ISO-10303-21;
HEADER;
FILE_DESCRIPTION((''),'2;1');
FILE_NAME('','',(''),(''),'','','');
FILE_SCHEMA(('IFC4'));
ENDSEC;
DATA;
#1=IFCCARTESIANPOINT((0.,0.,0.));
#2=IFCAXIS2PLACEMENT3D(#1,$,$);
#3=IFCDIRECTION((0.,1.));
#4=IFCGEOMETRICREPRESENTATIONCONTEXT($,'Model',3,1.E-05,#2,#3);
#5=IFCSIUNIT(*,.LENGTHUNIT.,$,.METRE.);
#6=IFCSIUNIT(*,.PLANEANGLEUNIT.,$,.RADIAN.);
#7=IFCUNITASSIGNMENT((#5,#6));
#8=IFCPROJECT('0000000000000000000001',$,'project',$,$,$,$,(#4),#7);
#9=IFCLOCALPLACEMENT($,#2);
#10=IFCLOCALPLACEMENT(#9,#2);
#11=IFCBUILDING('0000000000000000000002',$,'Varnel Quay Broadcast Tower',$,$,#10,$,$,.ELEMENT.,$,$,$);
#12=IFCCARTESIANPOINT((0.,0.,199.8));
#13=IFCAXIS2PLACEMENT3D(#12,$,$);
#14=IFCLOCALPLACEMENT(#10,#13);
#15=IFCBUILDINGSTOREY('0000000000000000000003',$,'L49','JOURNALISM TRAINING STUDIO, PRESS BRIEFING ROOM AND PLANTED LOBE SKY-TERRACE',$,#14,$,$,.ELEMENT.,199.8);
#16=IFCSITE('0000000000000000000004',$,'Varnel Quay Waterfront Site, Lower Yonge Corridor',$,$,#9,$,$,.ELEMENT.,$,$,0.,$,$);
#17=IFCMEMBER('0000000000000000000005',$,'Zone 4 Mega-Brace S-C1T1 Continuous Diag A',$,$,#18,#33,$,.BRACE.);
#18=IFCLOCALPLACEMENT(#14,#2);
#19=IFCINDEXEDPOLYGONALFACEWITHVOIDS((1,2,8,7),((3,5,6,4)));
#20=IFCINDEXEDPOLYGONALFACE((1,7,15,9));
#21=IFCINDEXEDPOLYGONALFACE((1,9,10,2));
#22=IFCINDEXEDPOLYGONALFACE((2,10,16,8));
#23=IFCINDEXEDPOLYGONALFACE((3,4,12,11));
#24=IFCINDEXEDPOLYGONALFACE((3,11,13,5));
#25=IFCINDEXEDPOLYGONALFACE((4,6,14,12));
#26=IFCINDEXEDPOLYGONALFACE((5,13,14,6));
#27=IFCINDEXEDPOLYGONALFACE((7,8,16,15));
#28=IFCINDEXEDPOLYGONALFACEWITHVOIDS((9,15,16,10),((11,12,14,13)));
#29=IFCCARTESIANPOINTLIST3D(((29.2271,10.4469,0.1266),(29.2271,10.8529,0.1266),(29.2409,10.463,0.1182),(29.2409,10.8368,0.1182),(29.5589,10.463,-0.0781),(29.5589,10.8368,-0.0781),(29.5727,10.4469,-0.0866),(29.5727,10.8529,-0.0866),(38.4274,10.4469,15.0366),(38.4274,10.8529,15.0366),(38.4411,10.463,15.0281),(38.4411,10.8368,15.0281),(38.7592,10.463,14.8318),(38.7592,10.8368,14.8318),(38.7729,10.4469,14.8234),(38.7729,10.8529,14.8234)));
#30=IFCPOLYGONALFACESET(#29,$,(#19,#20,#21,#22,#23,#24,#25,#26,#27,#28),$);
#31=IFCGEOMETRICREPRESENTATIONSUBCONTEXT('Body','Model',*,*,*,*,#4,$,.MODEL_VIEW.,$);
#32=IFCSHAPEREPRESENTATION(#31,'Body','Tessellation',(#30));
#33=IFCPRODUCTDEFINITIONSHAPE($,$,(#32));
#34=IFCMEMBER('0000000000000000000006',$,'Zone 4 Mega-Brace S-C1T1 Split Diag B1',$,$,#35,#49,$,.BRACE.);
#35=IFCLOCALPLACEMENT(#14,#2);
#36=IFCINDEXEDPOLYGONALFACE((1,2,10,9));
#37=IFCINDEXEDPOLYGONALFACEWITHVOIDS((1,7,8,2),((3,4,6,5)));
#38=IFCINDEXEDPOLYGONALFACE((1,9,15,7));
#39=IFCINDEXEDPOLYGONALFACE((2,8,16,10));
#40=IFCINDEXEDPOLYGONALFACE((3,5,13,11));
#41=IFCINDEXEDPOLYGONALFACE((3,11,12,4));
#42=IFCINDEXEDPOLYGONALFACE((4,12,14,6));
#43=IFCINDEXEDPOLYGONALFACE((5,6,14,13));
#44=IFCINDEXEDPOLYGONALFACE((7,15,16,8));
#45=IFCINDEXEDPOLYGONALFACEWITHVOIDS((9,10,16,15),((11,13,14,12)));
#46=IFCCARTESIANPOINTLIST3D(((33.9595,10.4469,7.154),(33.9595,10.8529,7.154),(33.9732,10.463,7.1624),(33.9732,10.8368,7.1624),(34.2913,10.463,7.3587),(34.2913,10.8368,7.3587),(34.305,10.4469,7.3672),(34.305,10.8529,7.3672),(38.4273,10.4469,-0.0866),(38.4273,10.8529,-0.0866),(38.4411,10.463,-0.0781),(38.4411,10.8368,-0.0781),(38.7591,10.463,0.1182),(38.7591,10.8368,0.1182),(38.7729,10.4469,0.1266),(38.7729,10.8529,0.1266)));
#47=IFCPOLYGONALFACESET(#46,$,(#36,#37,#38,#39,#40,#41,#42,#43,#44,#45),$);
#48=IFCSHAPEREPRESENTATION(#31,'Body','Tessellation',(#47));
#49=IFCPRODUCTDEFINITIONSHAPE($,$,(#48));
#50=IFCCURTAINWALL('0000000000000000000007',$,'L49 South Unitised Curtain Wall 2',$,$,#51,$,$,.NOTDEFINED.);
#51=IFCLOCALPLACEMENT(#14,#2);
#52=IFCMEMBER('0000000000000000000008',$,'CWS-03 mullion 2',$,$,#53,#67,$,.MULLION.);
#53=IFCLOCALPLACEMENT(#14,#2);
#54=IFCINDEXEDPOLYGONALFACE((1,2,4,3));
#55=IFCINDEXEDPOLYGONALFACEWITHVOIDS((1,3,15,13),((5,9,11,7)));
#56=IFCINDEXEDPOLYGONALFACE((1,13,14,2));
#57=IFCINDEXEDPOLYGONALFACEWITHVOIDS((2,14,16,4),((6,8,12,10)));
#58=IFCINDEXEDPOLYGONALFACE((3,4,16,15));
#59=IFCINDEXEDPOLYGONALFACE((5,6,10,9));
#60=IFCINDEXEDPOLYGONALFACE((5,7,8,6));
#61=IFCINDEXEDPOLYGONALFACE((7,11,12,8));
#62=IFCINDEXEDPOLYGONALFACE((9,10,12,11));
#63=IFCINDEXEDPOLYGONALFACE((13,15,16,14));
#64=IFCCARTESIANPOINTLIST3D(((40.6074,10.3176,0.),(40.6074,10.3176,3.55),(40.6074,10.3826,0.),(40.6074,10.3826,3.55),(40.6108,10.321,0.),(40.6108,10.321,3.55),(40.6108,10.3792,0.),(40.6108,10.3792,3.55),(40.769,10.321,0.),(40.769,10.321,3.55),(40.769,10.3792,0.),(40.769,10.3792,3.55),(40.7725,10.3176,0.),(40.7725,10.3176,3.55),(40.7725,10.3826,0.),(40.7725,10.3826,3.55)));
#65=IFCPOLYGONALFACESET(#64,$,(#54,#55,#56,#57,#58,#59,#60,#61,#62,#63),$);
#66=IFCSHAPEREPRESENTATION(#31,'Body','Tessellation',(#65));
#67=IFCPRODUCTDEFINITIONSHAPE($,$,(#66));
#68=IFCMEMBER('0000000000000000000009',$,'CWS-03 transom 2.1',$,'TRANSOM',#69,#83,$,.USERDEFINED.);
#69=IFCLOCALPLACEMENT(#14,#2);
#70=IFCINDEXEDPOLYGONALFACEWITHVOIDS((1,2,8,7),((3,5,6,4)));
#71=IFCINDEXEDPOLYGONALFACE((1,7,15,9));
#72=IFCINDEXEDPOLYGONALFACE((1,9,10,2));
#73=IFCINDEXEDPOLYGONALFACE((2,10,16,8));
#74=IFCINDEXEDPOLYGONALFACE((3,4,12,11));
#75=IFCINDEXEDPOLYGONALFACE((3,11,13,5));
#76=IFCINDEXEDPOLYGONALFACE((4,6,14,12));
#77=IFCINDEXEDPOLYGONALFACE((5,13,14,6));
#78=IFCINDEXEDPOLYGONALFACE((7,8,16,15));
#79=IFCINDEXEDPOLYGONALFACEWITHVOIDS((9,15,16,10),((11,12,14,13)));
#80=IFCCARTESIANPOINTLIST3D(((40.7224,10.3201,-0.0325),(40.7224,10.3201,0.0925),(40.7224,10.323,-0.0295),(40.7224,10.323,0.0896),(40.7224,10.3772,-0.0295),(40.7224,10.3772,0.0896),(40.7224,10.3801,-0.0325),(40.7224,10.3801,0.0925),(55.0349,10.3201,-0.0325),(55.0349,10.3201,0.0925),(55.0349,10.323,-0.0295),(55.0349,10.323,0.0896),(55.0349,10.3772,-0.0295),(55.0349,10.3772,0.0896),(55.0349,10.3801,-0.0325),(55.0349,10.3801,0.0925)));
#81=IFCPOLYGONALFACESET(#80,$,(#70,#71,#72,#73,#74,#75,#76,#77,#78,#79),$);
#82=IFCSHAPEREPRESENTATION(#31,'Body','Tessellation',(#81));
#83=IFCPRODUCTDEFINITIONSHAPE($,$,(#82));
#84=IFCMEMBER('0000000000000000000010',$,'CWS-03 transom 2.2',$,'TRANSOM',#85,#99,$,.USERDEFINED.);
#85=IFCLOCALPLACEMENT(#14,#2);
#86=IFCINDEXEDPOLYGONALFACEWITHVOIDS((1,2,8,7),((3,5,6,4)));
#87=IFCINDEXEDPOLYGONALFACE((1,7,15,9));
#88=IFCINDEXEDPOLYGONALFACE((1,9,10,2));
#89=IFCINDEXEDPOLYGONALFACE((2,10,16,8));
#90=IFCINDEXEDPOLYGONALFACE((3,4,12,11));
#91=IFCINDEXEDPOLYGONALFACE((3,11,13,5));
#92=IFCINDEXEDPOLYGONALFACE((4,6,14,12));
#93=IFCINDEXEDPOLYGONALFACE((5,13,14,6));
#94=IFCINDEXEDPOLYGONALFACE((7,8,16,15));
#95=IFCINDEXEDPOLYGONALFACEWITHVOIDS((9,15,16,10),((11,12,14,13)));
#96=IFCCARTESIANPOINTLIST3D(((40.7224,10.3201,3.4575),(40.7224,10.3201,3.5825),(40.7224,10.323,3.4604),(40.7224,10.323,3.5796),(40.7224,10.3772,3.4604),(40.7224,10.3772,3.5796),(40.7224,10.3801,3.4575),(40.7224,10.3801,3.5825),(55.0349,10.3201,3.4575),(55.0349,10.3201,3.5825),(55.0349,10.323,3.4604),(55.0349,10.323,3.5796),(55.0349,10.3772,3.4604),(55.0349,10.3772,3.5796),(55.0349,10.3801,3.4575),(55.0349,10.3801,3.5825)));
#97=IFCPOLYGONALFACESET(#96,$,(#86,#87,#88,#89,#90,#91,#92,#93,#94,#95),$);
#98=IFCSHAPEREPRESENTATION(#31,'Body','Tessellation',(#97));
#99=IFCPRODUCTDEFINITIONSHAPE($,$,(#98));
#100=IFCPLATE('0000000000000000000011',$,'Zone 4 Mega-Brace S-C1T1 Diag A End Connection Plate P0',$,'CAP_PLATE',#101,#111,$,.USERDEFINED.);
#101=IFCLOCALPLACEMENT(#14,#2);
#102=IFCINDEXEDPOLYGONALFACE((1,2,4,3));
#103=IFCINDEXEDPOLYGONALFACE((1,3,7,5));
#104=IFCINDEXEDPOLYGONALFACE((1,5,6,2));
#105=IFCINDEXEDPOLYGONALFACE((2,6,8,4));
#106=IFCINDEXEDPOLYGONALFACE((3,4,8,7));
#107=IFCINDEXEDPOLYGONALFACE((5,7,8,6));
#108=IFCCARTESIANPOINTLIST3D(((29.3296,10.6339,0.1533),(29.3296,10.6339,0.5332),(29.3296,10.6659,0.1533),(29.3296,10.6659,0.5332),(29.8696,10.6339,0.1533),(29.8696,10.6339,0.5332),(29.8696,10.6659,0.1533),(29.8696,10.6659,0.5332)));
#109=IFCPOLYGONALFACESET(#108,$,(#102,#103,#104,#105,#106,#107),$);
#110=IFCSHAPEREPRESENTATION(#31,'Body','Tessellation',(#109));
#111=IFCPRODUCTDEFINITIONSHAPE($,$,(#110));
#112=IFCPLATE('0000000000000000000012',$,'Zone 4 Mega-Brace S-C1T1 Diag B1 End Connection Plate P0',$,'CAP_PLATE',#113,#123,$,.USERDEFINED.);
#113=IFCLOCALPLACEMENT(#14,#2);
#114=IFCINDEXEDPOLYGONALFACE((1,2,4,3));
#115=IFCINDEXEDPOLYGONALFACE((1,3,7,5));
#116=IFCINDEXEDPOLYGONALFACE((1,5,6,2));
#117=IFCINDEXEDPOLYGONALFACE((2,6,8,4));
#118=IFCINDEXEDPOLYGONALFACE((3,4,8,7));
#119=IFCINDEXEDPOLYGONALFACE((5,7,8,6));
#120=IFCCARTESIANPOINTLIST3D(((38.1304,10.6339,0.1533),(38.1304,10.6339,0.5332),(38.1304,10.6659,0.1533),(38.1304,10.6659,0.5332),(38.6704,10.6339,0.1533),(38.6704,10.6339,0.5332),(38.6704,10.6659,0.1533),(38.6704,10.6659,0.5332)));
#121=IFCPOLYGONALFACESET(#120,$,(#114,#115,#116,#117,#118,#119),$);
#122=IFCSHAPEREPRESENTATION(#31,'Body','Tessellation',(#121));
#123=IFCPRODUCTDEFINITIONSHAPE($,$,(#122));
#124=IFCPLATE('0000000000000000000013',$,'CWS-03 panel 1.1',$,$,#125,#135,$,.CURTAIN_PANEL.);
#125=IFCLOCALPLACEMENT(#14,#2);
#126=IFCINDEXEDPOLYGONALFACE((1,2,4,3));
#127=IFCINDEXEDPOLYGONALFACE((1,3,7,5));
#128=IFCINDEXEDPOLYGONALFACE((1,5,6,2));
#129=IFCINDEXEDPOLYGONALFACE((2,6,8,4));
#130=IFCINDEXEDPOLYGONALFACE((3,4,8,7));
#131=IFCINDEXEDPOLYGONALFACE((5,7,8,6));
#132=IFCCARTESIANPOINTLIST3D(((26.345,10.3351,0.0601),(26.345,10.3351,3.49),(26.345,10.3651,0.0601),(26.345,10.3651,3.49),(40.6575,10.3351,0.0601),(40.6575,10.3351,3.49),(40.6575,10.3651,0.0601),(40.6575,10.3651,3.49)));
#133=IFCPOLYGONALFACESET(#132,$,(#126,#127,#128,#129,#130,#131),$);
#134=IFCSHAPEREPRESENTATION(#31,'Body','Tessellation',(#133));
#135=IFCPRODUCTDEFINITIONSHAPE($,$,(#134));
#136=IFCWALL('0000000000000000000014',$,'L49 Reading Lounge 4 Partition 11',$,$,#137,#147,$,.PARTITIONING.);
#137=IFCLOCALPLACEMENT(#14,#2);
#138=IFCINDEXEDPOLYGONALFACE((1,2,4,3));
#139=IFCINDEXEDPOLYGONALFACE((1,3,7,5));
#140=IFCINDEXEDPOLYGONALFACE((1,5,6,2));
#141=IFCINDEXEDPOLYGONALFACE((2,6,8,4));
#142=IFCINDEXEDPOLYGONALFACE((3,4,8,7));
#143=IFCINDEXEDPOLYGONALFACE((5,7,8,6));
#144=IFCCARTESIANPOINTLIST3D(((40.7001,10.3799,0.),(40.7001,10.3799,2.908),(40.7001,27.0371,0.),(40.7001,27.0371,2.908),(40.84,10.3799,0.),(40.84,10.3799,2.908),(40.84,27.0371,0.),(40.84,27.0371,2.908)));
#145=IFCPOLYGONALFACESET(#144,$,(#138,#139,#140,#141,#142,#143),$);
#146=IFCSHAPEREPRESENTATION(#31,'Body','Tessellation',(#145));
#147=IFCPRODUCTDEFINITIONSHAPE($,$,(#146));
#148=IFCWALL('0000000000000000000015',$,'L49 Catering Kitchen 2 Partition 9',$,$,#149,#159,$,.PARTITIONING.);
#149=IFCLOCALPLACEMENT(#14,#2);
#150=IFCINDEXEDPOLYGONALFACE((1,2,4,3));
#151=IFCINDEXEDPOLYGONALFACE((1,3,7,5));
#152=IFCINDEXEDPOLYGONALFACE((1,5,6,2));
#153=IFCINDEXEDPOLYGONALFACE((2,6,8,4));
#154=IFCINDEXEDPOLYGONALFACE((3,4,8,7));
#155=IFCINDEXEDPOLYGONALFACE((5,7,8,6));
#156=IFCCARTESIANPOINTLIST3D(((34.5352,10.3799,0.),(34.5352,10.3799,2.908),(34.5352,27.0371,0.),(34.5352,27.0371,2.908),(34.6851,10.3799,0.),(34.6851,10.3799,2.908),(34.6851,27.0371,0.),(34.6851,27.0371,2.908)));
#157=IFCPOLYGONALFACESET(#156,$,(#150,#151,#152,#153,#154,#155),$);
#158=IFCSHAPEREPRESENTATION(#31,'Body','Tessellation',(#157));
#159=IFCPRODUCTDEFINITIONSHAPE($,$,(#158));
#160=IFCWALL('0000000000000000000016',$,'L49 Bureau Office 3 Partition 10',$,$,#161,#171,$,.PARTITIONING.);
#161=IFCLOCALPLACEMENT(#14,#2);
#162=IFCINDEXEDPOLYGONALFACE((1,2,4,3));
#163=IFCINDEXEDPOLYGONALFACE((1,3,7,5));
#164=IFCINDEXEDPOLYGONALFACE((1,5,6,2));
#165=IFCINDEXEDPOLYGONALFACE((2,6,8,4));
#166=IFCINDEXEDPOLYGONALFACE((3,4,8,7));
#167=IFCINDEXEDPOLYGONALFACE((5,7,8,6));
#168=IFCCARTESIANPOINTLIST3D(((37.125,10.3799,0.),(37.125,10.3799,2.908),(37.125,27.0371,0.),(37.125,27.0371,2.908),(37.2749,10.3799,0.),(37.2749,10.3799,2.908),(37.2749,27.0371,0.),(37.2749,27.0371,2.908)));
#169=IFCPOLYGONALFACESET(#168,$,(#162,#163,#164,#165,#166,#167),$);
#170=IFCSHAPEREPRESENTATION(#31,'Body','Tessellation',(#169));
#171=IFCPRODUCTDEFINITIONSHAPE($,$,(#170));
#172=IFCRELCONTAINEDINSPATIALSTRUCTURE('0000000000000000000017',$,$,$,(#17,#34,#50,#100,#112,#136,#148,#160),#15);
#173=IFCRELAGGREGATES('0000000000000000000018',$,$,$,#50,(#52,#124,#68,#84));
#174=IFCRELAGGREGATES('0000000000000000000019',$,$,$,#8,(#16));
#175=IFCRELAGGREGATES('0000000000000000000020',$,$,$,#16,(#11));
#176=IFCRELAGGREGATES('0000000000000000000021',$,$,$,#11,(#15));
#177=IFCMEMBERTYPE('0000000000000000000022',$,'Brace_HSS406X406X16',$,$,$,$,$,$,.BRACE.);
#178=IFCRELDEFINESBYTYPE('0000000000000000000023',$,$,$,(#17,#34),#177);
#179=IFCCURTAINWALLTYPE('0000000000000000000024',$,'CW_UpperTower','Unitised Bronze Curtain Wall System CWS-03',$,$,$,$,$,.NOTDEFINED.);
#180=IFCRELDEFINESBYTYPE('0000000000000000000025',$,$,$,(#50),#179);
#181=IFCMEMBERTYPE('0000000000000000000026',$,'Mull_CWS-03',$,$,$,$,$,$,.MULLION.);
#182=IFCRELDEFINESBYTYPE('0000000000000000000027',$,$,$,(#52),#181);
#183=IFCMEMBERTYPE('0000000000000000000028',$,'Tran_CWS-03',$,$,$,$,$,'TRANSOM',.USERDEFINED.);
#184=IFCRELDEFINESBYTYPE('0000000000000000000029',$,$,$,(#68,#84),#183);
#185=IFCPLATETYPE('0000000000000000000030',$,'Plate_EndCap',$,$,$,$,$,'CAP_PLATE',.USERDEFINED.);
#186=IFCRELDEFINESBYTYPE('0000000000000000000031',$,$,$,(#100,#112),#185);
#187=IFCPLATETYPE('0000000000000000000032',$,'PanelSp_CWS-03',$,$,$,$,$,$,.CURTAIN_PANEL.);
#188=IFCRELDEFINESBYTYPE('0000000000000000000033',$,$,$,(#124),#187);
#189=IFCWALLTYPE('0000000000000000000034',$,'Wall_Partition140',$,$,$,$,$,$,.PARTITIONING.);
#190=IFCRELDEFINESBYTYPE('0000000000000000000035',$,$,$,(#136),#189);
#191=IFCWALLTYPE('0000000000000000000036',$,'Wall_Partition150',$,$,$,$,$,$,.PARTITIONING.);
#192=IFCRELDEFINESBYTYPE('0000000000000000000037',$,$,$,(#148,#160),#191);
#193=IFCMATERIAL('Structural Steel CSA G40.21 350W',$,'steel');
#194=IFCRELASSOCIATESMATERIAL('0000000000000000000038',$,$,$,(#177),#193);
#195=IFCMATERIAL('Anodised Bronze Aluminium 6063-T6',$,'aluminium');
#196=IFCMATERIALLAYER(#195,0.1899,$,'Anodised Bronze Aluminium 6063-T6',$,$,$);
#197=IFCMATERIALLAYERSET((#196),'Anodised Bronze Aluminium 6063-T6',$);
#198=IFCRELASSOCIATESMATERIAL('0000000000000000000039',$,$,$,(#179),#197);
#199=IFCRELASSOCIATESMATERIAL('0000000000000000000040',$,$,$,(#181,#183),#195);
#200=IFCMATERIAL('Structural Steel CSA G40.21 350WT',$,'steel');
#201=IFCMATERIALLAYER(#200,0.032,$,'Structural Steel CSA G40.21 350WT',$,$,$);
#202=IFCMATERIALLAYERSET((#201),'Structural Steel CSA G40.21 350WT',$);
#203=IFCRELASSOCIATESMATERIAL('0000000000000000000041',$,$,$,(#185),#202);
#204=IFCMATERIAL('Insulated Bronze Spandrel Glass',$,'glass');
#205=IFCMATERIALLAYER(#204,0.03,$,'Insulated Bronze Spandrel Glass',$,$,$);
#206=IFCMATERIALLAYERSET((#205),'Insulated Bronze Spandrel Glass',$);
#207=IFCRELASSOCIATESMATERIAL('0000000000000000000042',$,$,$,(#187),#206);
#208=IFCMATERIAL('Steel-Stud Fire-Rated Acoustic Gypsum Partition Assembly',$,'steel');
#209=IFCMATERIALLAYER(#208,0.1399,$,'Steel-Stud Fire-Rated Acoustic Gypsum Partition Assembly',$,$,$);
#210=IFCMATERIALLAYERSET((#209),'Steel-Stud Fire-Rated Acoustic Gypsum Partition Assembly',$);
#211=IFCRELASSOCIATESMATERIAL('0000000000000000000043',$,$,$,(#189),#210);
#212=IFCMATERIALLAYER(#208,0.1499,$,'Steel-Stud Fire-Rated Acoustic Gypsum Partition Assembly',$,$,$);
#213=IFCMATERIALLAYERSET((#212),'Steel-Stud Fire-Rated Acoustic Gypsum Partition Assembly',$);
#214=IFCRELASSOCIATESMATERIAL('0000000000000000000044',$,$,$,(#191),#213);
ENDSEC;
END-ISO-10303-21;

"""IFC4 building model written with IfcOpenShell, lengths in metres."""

from ifc_helpers import new_model, si_unit, direction, frame, frame_2d, origin, origin_2d, place, context, subcontext, project, spatial, rectangle, hollow_rectangle, extrude, source, transform, mapped, material, layer, layer_set, material_profile, profile_set, type_object, type_shapes, element, aggregate, save


model = new_model("IFC4")

# Units and contexts
model_context = context("Model", 3, precision=1e-05, world=origin(), true_north=direction((0.0, 1.0)))
body_context = subcontext(model_context, "Body", "Model", "MODEL_VIEW")
ifc_project = project(units=[si_unit("LENGTHUNIT", "METRE"), si_unit("PLANEANGLEUNIT", "RADIAN")], contexts=[model_context])

# Site, building, storey
site_placement = place(None, origin())
site = spatial("IfcSite", under=ifc_project, at=site_placement, Name="Varnel Quay Waterfront Site, Lower Yonge Corridor", CompositionType="ELEMENT", RefElevation=0.0)
building_placement = place(site_placement, origin())
building = spatial("IfcBuilding", under=site, at=building_placement, Name="Varnel Quay Broadcast Tower", CompositionType="ELEMENT")
storey_placement = place(building_placement, frame((0.0, 0.0, 199.8)))
storey = spatial("IfcBuildingStorey", under=building, at=storey_placement, Name="L49", Description="JOURNALISM TRAINING STUDIO, PRESS BRIEFING ROOM AND PLANTED LOBE SKY-TERRACE", CompositionType="ELEMENT", Elevation=199.8)

# Shared definitions
ifc_material_1 = material(Name="Structural Steel CSA G40.21 350W", Category="steel")

# Members
ifc_material_profile_1 = material_profile(ifc_material_1, hollow_rectangle(XDim=0.406, YDim=0.406, WallThickness=0.0161, at=origin_2d()), Name="HSS406X406X16")
ifc_profile_set_1 = profile_set([ifc_material_profile_1], Name="Structural Steel CSA G40.21 350W")
member_type_1 = type_object("IfcMemberType", Name="Brace_HSS406X406X16", PredefinedType="BRACE", material=ifc_profile_set_1)
shared_shape_1 = source(origin(), body_context, "Body", "SweptSolid", [
    extrude(hollow_rectangle(XDim=0.406, YDim=0.406, WallThickness=0.0161, at=origin_2d()), origin(), (0.0, 0.0, 1.0), 17.52),
])
member_1_placement = place(storey_placement, frame((29.3999, 10.6499, 0.02), z_axis=(0.525126, 0.0, 0.851024), x_axis=(0.0, 1.0, 0.0)))
element("IfcMember", 1, at=member_1_placement, inside=storey, type_object=member_type_1, Name="Zone 4 Mega-Brace S-C1T1 Continuous Diag A", PredefinedType="BRACE", context=body_context, shape_type="MappedRepresentation", body=[
    mapped(shared_shape_1, transform((0.0, 0.0, 0.0), x_axis=(1.0, 0.0, 0.0), y_axis=(0.0, 1.0, 0.0), z_axis=(0.0, 0.0, 1.0), scale=1.0)),
])
shared_shape_2 = source(origin(), body_context, "Body", "SweptSolid", [
    extrude(hollow_rectangle(XDim=0.406, YDim=0.406, WallThickness=0.0161, at=origin_2d()), origin(), (0.0, 0.0, 1.0), 8.5081),
])
type_shapes(member_type_1, [shared_shape_1, shared_shape_2])
member_2_placement = place(storey_placement, frame((38.6001, 10.6499, 0.02), z_axis=(-0.525128, 0.0, 0.851023), x_axis=(0.0, -1.0, 0.0)))
element("IfcMember", 2, at=member_2_placement, inside=storey, type_object=member_type_1, Name="Zone 4 Mega-Brace S-C1T1 Split Diag B1", PredefinedType="BRACE", context=body_context, shape_type="MappedRepresentation", body=[
    mapped(shared_shape_2, transform((0.0, 0.0, 0.0), x_axis=(1.0, 0.0, 0.0), y_axis=(0.0, 1.0, 0.0), z_axis=(0.0, 0.0, 1.0), scale=1.0)),
])

# Curtain wall, members
ifc_material_2 = material(Name="Anodised Bronze Aluminium 6063-T6", Category="aluminium")
ifc_layer_1 = layer(ifc_material_2, 0.1899, Name="Anodised Bronze Aluminium 6063-T6")
ifc_layer_set_1 = layer_set([ifc_layer_1], Name="Anodised Bronze Aluminium 6063-T6")
curtain_wall_type = type_object("IfcCurtainWallType", Name="CW_UpperTower", Description="Unitised Bronze Curtain Wall System CWS-03", PredefinedType="NOTDEFINED", material=ifc_layer_set_1)
curtain_wall_placement = place(storey_placement, origin())
curtain_wall = element("IfcCurtainWall", 3, at=curtain_wall_placement, inside=storey, type_object=curtain_wall_type, Name="L49 South Unitised Curtain Wall 2", PredefinedType="NOTDEFINED")
ifc_material_profile_2 = material_profile(ifc_material_2, hollow_rectangle(XDim=0.0649, YDim=0.165, WallThickness=0.0034, at=origin_2d()), Name="ALU65X165X3.5")
ifc_profile_set_2 = profile_set([ifc_material_profile_2], Name="Anodised Bronze Aluminium 6063-T6")
member_type_2 = type_object("IfcMemberType", Name="Mull_CWS-03", PredefinedType="MULLION", material=ifc_profile_set_2)
shared_shape_3 = source(origin(), body_context, "Body", "SweptSolid", [
    extrude(hollow_rectangle(XDim=0.0649, YDim=0.165, WallThickness=0.0034, at=origin_2d()), origin(), (0.0, 0.0, 1.0), 3.55),
])
type_shapes(member_type_2, [shared_shape_3])
member_3_placement = place(storey_placement, frame((40.6899, 10.3501, 0.0), z_axis=(0.0, 0.0, 1.0), x_axis=(0.0, 1.0, 0.0)))
member_3 = element("IfcMember", 4, at=member_3_placement, type_object=member_type_2, Name="CWS-03 mullion 2", PredefinedType="MULLION", context=body_context, shape_type="MappedRepresentation", body=[
    mapped(shared_shape_3, transform((0.0, 0.0, 0.0), x_axis=(1.0, 0.0, 0.0), y_axis=(0.0, 1.0, 0.0), z_axis=(0.0, 0.0, 1.0), scale=1.0)),
])
ifc_material_profile_3 = material_profile(ifc_material_2, hollow_rectangle(XDim=0.0601, YDim=0.125, WallThickness=0.0029, at=origin_2d()), Name="ALU60X125X3")
ifc_profile_set_3 = profile_set([ifc_material_profile_3], Name="Anodised Bronze Aluminium 6063-T6")
member_type_3 = type_object("IfcMemberType", Name="Tran_CWS-03", ElementType="TRANSOM", PredefinedType="USERDEFINED", material=ifc_profile_set_3)
shared_shape_4 = source(origin(), body_context, "Body", "SweptSolid", [
    extrude(hollow_rectangle(XDim=0.0601, YDim=0.125, WallThickness=0.0029, at=origin_2d()), origin(), (0.0, 0.0, 1.0), 14.3125),
])
type_shapes(member_type_3, [shared_shape_4])
member_4_placement = place(storey_placement, frame((40.7224, 10.3501, 0.03), z_axis=(1.0, 0.0, 0.0), x_axis=(0.0, 1.0, 0.0)))
member_4 = element("IfcMember", 5, at=member_4_placement, type_object=member_type_3, Name="CWS-03 transom 2.1", ObjectType="TRANSOM", PredefinedType="USERDEFINED", context=body_context, shape_type="MappedRepresentation", body=[
    mapped(shared_shape_4, transform((0.0, 0.0, 0.0), x_axis=(1.0, 0.0, 0.0), y_axis=(0.0, 1.0, 0.0), z_axis=(0.0, 0.0, 1.0), scale=1.0)),
])
member_5_placement = place(storey_placement, frame((40.7224, 10.3501, 3.52), z_axis=(1.0, 0.0, 0.0), x_axis=(0.0, 1.0, 0.0)))
member_5 = element("IfcMember", 6, at=member_5_placement, type_object=member_type_3, Name="CWS-03 transom 2.2", ObjectType="TRANSOM", PredefinedType="USERDEFINED", context=body_context, shape_type="MappedRepresentation", body=[
    mapped(shared_shape_4, transform((0.0, 0.0, 0.0), x_axis=(1.0, 0.0, 0.0), y_axis=(0.0, 1.0, 0.0), z_axis=(0.0, 0.0, 1.0), scale=1.0)),
])

# Plates
ifc_material_3 = material(Name="Structural Steel CSA G40.21 350WT", Category="steel")
ifc_layer_2 = layer(ifc_material_3, 0.032, Name="Structural Steel CSA G40.21 350WT")
ifc_layer_set_2 = layer_set([ifc_layer_2], Name="Structural Steel CSA G40.21 350WT")
plate_type_1 = type_object("IfcPlateType", Name="Plate_EndCap", ElementType="CAP_PLATE", PredefinedType="USERDEFINED", material=ifc_layer_set_2)
shared_shape_5 = source(origin(), body_context, "Body", "SweptSolid", [
    extrude(rectangle(XDim=0.54, YDim=0.032, at=origin_2d()), origin(), (0.0, 0.0, 1.0), 0.3799),
])
type_shapes(plate_type_1, [shared_shape_5])
for number, where, z_axis, x_axis, name in (
    (7, (29.5996, 10.6499, 0.1533), (0.0, 0.0, 1.0), (1.0, 0.0, 0.0), "Zone 4 Mega-Brace S-C1T1 Diag A End Connection Plate P0"),
    (8, (38.4004, 10.6499, 0.1533), (0.0, 0.0, 1.0), (1.0, 0.0, 0.0), "Zone 4 Mega-Brace S-C1T1 Diag B1 End Connection Plate P0"),
):
    element("IfcPlate", number, at=place(storey_placement, frame(where, z_axis=z_axis, x_axis=x_axis)), inside=storey, type_object=plate_type_1, Name=name, ObjectType="CAP_PLATE", PredefinedType="USERDEFINED", context=body_context, shape_type="MappedRepresentation", body=[
        mapped(shared_shape_5, transform((0.0, 0.0, 0.0), x_axis=(1.0, 0.0, 0.0), y_axis=(0.0, 1.0, 0.0), z_axis=(0.0, 0.0, 1.0), scale=1.0)),
    ])

# Plate
ifc_material_4 = material(Name="Insulated Bronze Spandrel Glass", Category="glass")
ifc_layer_3 = layer(ifc_material_4, 0.03, Name="Insulated Bronze Spandrel Glass")
ifc_layer_set_3 = layer_set([ifc_layer_3], Name="Insulated Bronze Spandrel Glass")
plate_type_2 = type_object("IfcPlateType", Name="PanelSp_CWS-03", PredefinedType="CURTAIN_PANEL", material=ifc_layer_set_3)
shared_shape_6 = source(origin(), body_context, "Body", "SweptSolid", [
    extrude(rectangle(XDim=14.3125, YDim=0.03, at=origin_2d()), origin(), (0.0, 0.0, 1.0), 3.4299),
])
type_shapes(plate_type_2, [shared_shape_6])
plate_placement = place(storey_placement, frame((33.5012, 10.3501, 0.0601), z_axis=(0.0, 0.0, 1.0), x_axis=(1.0, 0.0, 0.0)))
plate = element("IfcPlate", 9, at=plate_placement, type_object=plate_type_2, Name="CWS-03 panel 1.1", PredefinedType="CURTAIN_PANEL", context=body_context, shape_type="MappedRepresentation", body=[
    mapped(shared_shape_6, transform((0.0, 0.0, 0.0), x_axis=(1.0, 0.0, 0.0), y_axis=(0.0, 1.0, 0.0), z_axis=(0.0, 0.0, 1.0), scale=1.0)),
])
aggregate(curtain_wall, [member_3, plate, member_4, member_5])

# Walls
ifc_material_5 = material(Name="Steel-Stud Fire-Rated Acoustic Gypsum Partition Assembly", Category="steel")
ifc_layer_4 = layer(ifc_material_5, 0.1399, Name="Steel-Stud Fire-Rated Acoustic Gypsum Partition Assembly")
ifc_layer_set_4 = layer_set([ifc_layer_4], Name="Steel-Stud Fire-Rated Acoustic Gypsum Partition Assembly")
wall_type_1 = type_object("IfcWallType", Name="Wall_Partition140", PredefinedType="PARTITIONING", material=ifc_layer_set_4)
wall_1_placement = place(storey_placement, frame((40.77, 10.3799, 0.0), z_axis=(0.0, 0.0, 1.0), x_axis=(0.0, 1.0, 0.0)))
element("IfcWall", 10, at=wall_1_placement, inside=storey, type_object=wall_type_1, Name="L49 Reading Lounge 4 Partition 11", PredefinedType="PARTITIONING", context=body_context, shape_type="SweptSolid", body=[
    extrude(rectangle(XDim=16.6572, YDim=0.1399, at=frame_2d((8.3286, 0.0))), origin(), (0.0, 0.0, 1.0), 2.908),
])
ifc_layer_5 = layer(ifc_material_5, 0.1499, Name="Steel-Stud Fire-Rated Acoustic Gypsum Partition Assembly")
ifc_layer_set_5 = layer_set([ifc_layer_5], Name="Steel-Stud Fire-Rated Acoustic Gypsum Partition Assembly")
wall_type_2 = type_object("IfcWallType", Name="Wall_Partition150", PredefinedType="PARTITIONING", material=ifc_layer_set_5)
for number, where, z_axis, x_axis, name in (
    (11, (34.6101, 10.3799, 0.0), (0.0, 0.0, 1.0), (0.0, 1.0, 0.0), "L49 Catering Kitchen 2 Partition 9"),
    (12, (37.2, 10.3799, 0.0), (0.0, 0.0, 1.0), (0.0, 1.0, 0.0), "L49 Bureau Office 3 Partition 10"),
):
    element("IfcWall", number, at=place(storey_placement, frame(where, z_axis=z_axis, x_axis=x_axis)), inside=storey, type_object=wall_type_2, Name=name, PredefinedType="PARTITIONING", context=body_context, shape_type="SweptSolid", body=[
        extrude(rectangle(XDim=16.6572, YDim=0.1499, at=frame_2d((8.3286, 0.0))), origin(), (0.0, 0.0, 1.0), 2.908),
    ])

save(model, "model.ifc")
